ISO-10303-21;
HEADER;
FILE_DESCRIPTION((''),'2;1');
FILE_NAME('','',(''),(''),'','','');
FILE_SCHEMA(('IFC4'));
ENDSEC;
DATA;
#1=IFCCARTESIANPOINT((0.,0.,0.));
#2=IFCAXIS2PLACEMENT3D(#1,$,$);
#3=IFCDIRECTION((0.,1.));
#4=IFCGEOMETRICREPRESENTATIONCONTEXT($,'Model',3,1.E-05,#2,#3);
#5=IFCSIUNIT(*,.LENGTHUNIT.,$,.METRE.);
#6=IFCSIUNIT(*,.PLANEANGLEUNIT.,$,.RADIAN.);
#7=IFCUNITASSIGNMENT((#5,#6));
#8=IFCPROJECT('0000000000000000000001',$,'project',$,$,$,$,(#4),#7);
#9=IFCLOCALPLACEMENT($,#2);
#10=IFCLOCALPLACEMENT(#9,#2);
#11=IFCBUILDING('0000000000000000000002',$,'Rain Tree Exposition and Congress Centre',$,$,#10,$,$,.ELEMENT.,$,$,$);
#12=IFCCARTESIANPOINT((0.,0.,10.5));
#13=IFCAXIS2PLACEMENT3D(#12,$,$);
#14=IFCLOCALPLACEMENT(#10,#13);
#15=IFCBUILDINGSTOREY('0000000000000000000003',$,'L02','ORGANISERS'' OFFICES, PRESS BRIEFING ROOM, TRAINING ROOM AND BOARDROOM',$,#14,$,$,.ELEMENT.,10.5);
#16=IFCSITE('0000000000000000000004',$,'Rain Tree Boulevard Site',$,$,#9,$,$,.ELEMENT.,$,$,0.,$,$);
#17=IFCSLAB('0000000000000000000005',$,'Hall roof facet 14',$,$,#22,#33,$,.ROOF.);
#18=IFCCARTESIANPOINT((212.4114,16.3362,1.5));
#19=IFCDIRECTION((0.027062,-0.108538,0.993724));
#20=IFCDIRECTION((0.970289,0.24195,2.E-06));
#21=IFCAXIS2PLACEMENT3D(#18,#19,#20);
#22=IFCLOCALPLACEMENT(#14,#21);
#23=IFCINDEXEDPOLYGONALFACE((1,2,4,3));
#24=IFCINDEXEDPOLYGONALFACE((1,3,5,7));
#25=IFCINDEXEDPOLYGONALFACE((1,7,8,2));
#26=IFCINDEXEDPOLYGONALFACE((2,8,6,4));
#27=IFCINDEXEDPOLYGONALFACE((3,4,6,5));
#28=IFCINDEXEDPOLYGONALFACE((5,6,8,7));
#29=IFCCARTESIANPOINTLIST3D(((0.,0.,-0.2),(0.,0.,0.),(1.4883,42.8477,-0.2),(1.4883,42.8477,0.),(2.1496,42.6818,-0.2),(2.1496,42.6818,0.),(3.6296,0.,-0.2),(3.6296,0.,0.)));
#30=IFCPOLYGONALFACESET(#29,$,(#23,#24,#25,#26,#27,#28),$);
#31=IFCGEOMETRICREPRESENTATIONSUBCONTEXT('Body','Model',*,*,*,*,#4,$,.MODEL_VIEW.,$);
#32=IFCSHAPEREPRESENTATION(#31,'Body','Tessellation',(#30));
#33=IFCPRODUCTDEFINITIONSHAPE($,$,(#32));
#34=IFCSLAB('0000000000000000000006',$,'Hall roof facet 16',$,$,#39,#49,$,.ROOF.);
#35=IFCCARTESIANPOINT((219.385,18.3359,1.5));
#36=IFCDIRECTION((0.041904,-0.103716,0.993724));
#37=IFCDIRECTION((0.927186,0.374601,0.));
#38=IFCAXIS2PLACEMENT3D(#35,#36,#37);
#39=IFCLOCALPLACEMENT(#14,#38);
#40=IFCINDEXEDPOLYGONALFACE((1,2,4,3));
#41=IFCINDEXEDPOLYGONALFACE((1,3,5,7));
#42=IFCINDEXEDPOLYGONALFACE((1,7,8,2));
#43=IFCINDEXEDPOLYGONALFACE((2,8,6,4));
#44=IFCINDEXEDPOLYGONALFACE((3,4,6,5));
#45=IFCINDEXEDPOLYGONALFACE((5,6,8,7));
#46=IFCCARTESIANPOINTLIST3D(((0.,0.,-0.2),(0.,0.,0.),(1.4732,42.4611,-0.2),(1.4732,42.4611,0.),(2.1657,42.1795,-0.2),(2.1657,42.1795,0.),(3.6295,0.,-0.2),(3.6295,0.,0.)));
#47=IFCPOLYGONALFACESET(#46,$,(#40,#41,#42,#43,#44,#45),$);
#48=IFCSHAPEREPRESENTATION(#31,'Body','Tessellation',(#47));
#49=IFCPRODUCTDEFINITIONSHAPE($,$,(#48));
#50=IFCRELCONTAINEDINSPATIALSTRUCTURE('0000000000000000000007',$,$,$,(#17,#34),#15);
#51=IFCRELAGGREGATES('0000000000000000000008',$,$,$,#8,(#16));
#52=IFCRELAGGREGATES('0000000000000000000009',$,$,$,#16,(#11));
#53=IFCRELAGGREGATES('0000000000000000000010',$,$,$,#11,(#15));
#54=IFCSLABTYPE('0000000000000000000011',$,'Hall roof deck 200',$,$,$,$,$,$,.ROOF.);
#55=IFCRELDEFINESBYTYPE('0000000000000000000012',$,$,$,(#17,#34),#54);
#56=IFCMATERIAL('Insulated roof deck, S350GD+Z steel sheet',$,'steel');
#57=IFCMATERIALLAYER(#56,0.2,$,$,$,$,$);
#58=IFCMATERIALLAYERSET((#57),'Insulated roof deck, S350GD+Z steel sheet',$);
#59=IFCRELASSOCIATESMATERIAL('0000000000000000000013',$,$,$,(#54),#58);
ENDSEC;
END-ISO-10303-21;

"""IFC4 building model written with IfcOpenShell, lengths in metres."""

from ifc_helpers import new_model, si_unit, direction, frame, origin, place, context, subcontext, project, spatial, polyline, outline, extrude, material, layer, layer_set, type_object, element, save


model = new_model("IFC4")

# Units and contexts
model_context = context("Model", 3, precision=1e-05, world=origin(), true_north=direction((0.0, 1.0)))
body_context = subcontext(model_context, "Body", "Model", "MODEL_VIEW")
ifc_project = project(units=[si_unit("LENGTHUNIT", "METRE"), si_unit("PLANEANGLEUNIT", "RADIAN")], contexts=[model_context])

# Site, building, storey
site_placement = place(None, origin())
site = spatial("IfcSite", under=ifc_project, at=site_placement, Name="Rain Tree Boulevard Site", CompositionType="ELEMENT", RefElevation=0.0)
building_placement = place(site_placement, origin())
building = spatial("IfcBuilding", under=site, at=building_placement, Name="Rain Tree Exposition and Congress Centre", CompositionType="ELEMENT")
storey_placement = place(building_placement, frame((0.0, 0.0, 10.5)))
storey = spatial("IfcBuildingStorey", under=building, at=storey_placement, Name="L02", Description="ORGANISERS' OFFICES, PRESS BRIEFING ROOM, TRAINING ROOM AND BOARDROOM", CompositionType="ELEMENT", Elevation=10.5)

# Slabs
ifc_material_1 = material(Name="Insulated roof deck, S350GD+Z steel sheet", Category="steel")
ifc_layer_1 = layer(ifc_material_1, 0.2)
ifc_layer_set_1 = layer_set([ifc_layer_1], Name="Insulated roof deck, S350GD+Z steel sheet")
slab_type = type_object("IfcSlabType", Name="Hall roof deck 200", PredefinedType="ROOF", material=ifc_layer_set_1)
slab_1_placement = place(storey_placement, frame((212.4114, 16.3362, 1.5), z_axis=(0.027062, -0.108538, 0.993724), x_axis=(0.970289, 0.24195, 0.000002)))
element("IfcSlab", 1, at=slab_1_placement, inside=storey, type_object=slab_type, Name="Hall roof facet 14", PredefinedType="ROOF", context=body_context, shape_type="SweptSolid", body=[
    extrude(outline(polyline([(0.0, 0.0), (3.6296, 0.0), (2.1496, 42.6818), (1.4883, 42.8477), (0.0, 0.0)])), origin(), (0.0, 0.0, -1.0), 0.2),
])
slab_2_placement = place(storey_placement, frame((219.385, 18.3359, 1.5), z_axis=(0.041904, -0.103716, 0.993724), x_axis=(0.927186, 0.374601, 0.0)))
element("IfcSlab", 2, at=slab_2_placement, inside=storey, type_object=slab_type, Name="Hall roof facet 16", PredefinedType="ROOF", context=body_context, shape_type="SweptSolid", body=[
    extrude(outline(polyline([(0.0, 0.0), (3.6295, 0.0), (2.1657, 42.1795), (1.4732, 42.4611), (0.0, 0.0)])), origin(), (0.0, 0.0, -1.0), 0.2),
])

save(model, "model.ifc")
